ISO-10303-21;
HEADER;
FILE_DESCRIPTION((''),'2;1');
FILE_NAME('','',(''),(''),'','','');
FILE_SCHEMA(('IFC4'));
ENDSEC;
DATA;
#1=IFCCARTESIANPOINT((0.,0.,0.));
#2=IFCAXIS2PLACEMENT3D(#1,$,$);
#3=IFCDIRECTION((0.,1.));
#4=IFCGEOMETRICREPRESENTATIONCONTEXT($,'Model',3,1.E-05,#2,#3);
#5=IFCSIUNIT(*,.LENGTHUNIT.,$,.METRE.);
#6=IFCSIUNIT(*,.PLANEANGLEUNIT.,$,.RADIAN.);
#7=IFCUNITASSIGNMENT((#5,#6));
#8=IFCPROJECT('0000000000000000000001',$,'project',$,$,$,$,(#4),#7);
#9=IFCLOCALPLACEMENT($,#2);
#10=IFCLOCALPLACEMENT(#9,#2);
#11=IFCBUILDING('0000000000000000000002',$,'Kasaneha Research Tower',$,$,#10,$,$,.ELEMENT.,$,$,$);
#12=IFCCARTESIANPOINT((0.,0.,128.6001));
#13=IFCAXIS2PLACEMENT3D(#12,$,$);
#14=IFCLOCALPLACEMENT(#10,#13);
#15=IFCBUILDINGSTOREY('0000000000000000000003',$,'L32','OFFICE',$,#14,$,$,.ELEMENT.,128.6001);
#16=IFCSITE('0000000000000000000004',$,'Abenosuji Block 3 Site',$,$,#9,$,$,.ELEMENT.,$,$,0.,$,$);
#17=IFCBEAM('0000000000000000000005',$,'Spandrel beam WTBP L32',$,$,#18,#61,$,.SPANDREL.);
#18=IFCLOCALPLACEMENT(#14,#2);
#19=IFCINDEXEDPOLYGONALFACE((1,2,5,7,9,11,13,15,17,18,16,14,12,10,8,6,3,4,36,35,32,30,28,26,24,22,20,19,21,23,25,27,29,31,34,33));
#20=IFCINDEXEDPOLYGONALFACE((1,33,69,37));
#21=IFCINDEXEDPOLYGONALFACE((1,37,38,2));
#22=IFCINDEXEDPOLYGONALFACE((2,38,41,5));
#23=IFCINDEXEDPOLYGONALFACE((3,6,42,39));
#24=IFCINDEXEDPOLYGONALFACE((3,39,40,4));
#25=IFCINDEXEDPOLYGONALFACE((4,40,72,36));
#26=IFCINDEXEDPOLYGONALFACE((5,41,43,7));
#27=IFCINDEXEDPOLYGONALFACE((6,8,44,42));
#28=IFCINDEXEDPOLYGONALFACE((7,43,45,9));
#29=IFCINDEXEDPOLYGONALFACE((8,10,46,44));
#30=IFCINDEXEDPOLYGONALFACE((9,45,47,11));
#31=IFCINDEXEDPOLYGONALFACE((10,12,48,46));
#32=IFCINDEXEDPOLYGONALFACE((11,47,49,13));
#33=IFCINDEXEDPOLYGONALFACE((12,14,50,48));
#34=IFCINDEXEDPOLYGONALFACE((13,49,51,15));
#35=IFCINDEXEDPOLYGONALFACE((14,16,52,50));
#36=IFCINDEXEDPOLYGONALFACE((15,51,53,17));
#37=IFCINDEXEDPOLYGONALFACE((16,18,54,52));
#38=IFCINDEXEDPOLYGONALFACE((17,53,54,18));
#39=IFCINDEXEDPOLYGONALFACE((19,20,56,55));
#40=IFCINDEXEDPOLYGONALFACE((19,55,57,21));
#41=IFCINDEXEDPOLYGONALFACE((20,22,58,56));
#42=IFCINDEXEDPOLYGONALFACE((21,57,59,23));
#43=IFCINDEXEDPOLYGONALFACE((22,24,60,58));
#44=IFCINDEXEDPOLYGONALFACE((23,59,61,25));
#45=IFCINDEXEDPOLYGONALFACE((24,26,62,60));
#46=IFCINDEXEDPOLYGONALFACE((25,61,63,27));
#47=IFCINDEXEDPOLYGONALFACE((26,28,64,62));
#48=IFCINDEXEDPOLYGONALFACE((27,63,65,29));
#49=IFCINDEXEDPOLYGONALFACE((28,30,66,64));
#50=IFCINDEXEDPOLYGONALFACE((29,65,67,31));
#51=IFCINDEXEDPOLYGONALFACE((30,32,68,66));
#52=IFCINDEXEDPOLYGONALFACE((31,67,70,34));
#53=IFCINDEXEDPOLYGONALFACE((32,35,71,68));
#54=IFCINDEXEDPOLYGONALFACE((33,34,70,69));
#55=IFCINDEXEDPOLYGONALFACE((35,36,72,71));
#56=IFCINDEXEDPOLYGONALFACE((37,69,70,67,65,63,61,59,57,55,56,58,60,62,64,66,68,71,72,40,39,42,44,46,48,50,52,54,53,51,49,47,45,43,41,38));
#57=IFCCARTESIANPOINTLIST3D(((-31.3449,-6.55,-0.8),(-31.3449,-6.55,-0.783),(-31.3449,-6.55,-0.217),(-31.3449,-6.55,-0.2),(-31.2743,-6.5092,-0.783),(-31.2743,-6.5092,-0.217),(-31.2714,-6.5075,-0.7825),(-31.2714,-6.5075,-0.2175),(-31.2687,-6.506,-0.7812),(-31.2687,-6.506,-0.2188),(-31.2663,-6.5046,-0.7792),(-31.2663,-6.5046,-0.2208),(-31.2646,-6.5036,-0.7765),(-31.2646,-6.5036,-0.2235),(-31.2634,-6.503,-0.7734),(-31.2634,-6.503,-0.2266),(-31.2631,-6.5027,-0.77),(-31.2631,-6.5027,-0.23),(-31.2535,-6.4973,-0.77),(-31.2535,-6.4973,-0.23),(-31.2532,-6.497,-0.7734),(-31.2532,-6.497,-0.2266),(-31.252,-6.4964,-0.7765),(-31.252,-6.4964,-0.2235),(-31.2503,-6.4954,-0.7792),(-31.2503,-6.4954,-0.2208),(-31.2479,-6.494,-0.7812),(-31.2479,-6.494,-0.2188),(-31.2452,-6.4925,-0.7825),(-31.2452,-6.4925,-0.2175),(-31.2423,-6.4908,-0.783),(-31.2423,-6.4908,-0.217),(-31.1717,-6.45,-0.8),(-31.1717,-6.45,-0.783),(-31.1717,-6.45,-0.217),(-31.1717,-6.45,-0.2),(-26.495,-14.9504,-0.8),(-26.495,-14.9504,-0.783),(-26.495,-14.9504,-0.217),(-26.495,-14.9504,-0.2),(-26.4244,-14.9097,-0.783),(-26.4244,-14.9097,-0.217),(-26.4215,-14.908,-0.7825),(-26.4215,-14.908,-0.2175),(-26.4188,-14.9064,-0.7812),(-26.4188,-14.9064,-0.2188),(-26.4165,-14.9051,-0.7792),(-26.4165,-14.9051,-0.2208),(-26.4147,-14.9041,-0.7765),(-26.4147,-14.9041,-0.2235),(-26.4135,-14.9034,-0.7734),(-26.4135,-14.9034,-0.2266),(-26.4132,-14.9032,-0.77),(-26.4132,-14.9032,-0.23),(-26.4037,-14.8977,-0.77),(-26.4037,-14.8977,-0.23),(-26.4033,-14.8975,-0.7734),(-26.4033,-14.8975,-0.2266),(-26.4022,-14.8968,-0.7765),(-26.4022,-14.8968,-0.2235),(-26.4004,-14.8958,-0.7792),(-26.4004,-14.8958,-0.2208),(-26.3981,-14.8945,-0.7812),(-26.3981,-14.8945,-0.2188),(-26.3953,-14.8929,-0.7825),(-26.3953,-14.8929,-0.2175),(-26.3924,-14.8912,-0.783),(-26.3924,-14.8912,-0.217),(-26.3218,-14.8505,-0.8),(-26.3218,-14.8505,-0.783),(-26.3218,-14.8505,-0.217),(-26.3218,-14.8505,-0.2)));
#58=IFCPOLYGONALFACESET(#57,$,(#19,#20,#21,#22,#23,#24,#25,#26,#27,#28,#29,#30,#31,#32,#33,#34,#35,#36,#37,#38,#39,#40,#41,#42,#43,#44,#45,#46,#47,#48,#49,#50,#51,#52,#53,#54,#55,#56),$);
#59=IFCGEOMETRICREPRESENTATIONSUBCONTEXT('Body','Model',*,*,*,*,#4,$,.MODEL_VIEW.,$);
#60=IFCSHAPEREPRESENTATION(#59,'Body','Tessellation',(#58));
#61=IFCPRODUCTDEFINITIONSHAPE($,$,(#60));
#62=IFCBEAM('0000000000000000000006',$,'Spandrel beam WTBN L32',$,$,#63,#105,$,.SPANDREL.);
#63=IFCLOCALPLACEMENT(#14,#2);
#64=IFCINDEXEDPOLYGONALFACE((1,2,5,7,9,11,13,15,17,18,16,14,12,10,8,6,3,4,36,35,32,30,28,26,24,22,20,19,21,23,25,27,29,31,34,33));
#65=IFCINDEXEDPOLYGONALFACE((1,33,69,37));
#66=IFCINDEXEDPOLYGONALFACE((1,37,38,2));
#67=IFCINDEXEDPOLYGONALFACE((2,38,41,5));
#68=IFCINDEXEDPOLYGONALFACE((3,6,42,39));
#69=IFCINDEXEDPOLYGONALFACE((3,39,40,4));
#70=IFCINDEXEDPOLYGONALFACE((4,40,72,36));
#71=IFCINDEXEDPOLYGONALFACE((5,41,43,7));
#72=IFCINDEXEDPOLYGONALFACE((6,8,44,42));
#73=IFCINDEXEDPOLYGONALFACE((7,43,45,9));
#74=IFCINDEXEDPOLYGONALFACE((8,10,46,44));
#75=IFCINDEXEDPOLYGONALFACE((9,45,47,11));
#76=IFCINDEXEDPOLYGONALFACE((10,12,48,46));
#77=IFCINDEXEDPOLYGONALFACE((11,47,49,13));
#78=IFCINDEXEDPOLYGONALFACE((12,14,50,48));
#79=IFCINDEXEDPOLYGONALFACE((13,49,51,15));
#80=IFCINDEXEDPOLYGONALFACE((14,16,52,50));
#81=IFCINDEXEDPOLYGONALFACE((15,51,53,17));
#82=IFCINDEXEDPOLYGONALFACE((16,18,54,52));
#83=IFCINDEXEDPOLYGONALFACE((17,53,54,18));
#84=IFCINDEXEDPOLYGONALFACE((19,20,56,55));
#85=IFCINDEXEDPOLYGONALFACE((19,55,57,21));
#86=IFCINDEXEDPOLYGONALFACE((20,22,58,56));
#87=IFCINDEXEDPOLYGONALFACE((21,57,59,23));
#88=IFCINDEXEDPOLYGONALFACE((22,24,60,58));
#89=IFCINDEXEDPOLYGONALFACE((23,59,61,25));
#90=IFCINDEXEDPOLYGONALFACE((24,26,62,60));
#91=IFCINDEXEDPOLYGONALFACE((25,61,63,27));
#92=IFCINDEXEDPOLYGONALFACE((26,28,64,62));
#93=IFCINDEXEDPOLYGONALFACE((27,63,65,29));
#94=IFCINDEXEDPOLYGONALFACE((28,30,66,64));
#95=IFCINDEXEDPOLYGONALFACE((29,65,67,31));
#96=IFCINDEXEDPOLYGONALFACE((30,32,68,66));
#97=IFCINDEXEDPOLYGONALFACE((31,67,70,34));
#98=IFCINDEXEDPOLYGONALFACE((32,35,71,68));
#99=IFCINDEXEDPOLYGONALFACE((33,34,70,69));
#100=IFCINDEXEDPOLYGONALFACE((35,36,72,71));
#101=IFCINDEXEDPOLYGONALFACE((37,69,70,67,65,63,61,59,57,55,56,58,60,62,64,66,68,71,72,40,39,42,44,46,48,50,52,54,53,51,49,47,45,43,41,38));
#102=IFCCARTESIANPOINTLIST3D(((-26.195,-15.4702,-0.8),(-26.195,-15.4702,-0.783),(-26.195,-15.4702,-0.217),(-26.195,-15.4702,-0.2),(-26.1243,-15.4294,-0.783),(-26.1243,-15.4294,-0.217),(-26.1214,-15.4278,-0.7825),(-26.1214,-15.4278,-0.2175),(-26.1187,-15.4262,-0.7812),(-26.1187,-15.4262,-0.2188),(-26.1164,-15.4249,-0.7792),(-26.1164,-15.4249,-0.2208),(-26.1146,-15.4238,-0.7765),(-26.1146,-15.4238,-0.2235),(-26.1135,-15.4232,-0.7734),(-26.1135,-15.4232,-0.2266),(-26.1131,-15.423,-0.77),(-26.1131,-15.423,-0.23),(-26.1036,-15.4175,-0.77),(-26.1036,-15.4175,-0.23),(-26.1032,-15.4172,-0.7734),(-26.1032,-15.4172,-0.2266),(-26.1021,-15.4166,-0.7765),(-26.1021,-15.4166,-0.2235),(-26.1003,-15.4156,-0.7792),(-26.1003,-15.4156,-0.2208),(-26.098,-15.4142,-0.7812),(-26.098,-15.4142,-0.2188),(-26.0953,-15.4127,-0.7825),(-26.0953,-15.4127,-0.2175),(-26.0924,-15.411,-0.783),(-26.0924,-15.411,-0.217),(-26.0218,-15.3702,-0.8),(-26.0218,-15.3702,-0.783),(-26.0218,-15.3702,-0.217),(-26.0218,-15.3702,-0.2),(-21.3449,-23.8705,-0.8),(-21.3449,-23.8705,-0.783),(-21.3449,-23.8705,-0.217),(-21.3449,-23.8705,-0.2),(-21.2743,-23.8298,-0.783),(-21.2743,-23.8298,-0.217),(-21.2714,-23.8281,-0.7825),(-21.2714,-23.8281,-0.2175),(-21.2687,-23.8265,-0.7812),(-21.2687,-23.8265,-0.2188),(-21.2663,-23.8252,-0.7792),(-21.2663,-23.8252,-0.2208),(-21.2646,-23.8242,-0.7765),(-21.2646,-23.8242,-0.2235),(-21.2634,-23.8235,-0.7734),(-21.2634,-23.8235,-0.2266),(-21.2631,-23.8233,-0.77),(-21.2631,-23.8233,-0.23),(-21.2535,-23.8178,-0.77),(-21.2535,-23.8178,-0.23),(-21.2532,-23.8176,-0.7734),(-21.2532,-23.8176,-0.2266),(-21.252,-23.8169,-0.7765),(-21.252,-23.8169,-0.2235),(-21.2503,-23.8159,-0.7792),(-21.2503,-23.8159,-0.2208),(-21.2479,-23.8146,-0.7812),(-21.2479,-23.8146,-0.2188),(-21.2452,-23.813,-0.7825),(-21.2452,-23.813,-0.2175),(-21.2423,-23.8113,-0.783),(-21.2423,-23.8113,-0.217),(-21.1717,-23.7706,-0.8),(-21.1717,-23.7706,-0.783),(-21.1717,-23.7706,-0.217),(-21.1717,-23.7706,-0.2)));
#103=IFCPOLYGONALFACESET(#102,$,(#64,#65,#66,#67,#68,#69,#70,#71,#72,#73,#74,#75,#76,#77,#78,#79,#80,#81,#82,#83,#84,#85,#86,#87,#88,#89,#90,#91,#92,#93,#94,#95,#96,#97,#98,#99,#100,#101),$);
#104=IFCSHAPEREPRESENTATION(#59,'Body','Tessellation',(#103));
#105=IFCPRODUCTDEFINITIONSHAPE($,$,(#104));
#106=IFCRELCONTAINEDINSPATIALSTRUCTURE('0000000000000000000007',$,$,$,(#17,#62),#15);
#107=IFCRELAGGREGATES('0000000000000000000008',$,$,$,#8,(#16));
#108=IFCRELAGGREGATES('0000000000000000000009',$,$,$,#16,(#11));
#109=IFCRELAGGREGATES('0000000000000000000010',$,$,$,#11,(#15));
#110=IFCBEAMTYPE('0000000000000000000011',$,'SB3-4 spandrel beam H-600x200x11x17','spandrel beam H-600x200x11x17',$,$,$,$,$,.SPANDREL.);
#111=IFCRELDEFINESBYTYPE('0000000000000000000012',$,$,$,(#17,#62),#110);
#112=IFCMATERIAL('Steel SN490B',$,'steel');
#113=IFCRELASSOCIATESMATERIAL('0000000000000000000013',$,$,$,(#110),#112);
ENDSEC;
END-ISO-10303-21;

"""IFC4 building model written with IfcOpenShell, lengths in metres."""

from ifc_helpers import new_model, si_unit, direction, frame, origin, origin_2d, place, context, subcontext, project, spatial, i_section, extrude, material, material_profile, profile_set, type_object, element, save


model = new_model("IFC4")

# Units and contexts
model_context = context("Model", 3, precision=1e-05, world=origin(), true_north=direction((0.0, 1.0)))
body_context = subcontext(model_context, "Body", "Model", "MODEL_VIEW")
ifc_project = project(units=[si_unit("LENGTHUNIT", "METRE"), si_unit("PLANEANGLEUNIT", "RADIAN")], contexts=[model_context])

# Site, building, storey
site_placement = place(None, origin())
site = spatial("IfcSite", under=ifc_project, at=site_placement, Name="Abenosuji Block 3 Site", CompositionType="ELEMENT", RefElevation=0.0)
building_placement = place(site_placement, origin())
building = spatial("IfcBuilding", under=site, at=building_placement, Name="Kasaneha Research Tower", CompositionType="ELEMENT")
storey_placement = place(building_placement, frame((0.0, 0.0, 128.6001)))
storey = spatial("IfcBuildingStorey", under=building, at=storey_placement, Name="L32", Description="OFFICE", CompositionType="ELEMENT", Elevation=128.6001)

# Beams
ifc_material_1 = material(Name="Steel SN490B", Category="steel")
ifc_material_profile_1 = material_profile(ifc_material_1, i_section(OverallWidth=0.2, OverallDepth=0.6001, WebThickness=0.011, FlangeThickness=0.0171, FilletRadius=0.0129, at=origin_2d()), Name="H-600x200x11x17")
ifc_profile_set_1 = profile_set([ifc_material_profile_1], Name="Steel SN490B")
beam_type_1 = type_object("IfcBeamType", Name="SB3-4 spandrel beam H-600x200x11x17", Description="spandrel beam H-600x200x11x17", PredefinedType="SPANDREL", material=ifc_profile_set_1)
for number, where, z_axis, x_axis, name in (
    (1, (-31.2583, -6.5, -0.5), (0.499991, -0.866031, 0.0), (0.866031, 0.499991, 0.0), "Spandrel beam WTBP L32"),
    (2, (-21.2583, -23.8206, -0.5), (-0.50001, 0.86602, 0.0), (-0.86602, -0.50001, 0.0), "Spandrel beam WTBN L32"),
):
    element("IfcBeam", number, at=place(storey_placement, frame(where, z_axis=z_axis, x_axis=x_axis)), inside=storey, type_object=beam_type_1, Name=name, PredefinedType="SPANDREL", context=body_context, shape_type="SweptSolid", body=[
        extrude(i_section(OverallWidth=0.2, OverallDepth=0.6001, WebThickness=0.011, FlangeThickness=0.0171, FilletRadius=0.0129, at=origin_2d()), origin(), (0.0, 0.0, 1.0), 9.7),
    ])

save(model, "model.ifc")
